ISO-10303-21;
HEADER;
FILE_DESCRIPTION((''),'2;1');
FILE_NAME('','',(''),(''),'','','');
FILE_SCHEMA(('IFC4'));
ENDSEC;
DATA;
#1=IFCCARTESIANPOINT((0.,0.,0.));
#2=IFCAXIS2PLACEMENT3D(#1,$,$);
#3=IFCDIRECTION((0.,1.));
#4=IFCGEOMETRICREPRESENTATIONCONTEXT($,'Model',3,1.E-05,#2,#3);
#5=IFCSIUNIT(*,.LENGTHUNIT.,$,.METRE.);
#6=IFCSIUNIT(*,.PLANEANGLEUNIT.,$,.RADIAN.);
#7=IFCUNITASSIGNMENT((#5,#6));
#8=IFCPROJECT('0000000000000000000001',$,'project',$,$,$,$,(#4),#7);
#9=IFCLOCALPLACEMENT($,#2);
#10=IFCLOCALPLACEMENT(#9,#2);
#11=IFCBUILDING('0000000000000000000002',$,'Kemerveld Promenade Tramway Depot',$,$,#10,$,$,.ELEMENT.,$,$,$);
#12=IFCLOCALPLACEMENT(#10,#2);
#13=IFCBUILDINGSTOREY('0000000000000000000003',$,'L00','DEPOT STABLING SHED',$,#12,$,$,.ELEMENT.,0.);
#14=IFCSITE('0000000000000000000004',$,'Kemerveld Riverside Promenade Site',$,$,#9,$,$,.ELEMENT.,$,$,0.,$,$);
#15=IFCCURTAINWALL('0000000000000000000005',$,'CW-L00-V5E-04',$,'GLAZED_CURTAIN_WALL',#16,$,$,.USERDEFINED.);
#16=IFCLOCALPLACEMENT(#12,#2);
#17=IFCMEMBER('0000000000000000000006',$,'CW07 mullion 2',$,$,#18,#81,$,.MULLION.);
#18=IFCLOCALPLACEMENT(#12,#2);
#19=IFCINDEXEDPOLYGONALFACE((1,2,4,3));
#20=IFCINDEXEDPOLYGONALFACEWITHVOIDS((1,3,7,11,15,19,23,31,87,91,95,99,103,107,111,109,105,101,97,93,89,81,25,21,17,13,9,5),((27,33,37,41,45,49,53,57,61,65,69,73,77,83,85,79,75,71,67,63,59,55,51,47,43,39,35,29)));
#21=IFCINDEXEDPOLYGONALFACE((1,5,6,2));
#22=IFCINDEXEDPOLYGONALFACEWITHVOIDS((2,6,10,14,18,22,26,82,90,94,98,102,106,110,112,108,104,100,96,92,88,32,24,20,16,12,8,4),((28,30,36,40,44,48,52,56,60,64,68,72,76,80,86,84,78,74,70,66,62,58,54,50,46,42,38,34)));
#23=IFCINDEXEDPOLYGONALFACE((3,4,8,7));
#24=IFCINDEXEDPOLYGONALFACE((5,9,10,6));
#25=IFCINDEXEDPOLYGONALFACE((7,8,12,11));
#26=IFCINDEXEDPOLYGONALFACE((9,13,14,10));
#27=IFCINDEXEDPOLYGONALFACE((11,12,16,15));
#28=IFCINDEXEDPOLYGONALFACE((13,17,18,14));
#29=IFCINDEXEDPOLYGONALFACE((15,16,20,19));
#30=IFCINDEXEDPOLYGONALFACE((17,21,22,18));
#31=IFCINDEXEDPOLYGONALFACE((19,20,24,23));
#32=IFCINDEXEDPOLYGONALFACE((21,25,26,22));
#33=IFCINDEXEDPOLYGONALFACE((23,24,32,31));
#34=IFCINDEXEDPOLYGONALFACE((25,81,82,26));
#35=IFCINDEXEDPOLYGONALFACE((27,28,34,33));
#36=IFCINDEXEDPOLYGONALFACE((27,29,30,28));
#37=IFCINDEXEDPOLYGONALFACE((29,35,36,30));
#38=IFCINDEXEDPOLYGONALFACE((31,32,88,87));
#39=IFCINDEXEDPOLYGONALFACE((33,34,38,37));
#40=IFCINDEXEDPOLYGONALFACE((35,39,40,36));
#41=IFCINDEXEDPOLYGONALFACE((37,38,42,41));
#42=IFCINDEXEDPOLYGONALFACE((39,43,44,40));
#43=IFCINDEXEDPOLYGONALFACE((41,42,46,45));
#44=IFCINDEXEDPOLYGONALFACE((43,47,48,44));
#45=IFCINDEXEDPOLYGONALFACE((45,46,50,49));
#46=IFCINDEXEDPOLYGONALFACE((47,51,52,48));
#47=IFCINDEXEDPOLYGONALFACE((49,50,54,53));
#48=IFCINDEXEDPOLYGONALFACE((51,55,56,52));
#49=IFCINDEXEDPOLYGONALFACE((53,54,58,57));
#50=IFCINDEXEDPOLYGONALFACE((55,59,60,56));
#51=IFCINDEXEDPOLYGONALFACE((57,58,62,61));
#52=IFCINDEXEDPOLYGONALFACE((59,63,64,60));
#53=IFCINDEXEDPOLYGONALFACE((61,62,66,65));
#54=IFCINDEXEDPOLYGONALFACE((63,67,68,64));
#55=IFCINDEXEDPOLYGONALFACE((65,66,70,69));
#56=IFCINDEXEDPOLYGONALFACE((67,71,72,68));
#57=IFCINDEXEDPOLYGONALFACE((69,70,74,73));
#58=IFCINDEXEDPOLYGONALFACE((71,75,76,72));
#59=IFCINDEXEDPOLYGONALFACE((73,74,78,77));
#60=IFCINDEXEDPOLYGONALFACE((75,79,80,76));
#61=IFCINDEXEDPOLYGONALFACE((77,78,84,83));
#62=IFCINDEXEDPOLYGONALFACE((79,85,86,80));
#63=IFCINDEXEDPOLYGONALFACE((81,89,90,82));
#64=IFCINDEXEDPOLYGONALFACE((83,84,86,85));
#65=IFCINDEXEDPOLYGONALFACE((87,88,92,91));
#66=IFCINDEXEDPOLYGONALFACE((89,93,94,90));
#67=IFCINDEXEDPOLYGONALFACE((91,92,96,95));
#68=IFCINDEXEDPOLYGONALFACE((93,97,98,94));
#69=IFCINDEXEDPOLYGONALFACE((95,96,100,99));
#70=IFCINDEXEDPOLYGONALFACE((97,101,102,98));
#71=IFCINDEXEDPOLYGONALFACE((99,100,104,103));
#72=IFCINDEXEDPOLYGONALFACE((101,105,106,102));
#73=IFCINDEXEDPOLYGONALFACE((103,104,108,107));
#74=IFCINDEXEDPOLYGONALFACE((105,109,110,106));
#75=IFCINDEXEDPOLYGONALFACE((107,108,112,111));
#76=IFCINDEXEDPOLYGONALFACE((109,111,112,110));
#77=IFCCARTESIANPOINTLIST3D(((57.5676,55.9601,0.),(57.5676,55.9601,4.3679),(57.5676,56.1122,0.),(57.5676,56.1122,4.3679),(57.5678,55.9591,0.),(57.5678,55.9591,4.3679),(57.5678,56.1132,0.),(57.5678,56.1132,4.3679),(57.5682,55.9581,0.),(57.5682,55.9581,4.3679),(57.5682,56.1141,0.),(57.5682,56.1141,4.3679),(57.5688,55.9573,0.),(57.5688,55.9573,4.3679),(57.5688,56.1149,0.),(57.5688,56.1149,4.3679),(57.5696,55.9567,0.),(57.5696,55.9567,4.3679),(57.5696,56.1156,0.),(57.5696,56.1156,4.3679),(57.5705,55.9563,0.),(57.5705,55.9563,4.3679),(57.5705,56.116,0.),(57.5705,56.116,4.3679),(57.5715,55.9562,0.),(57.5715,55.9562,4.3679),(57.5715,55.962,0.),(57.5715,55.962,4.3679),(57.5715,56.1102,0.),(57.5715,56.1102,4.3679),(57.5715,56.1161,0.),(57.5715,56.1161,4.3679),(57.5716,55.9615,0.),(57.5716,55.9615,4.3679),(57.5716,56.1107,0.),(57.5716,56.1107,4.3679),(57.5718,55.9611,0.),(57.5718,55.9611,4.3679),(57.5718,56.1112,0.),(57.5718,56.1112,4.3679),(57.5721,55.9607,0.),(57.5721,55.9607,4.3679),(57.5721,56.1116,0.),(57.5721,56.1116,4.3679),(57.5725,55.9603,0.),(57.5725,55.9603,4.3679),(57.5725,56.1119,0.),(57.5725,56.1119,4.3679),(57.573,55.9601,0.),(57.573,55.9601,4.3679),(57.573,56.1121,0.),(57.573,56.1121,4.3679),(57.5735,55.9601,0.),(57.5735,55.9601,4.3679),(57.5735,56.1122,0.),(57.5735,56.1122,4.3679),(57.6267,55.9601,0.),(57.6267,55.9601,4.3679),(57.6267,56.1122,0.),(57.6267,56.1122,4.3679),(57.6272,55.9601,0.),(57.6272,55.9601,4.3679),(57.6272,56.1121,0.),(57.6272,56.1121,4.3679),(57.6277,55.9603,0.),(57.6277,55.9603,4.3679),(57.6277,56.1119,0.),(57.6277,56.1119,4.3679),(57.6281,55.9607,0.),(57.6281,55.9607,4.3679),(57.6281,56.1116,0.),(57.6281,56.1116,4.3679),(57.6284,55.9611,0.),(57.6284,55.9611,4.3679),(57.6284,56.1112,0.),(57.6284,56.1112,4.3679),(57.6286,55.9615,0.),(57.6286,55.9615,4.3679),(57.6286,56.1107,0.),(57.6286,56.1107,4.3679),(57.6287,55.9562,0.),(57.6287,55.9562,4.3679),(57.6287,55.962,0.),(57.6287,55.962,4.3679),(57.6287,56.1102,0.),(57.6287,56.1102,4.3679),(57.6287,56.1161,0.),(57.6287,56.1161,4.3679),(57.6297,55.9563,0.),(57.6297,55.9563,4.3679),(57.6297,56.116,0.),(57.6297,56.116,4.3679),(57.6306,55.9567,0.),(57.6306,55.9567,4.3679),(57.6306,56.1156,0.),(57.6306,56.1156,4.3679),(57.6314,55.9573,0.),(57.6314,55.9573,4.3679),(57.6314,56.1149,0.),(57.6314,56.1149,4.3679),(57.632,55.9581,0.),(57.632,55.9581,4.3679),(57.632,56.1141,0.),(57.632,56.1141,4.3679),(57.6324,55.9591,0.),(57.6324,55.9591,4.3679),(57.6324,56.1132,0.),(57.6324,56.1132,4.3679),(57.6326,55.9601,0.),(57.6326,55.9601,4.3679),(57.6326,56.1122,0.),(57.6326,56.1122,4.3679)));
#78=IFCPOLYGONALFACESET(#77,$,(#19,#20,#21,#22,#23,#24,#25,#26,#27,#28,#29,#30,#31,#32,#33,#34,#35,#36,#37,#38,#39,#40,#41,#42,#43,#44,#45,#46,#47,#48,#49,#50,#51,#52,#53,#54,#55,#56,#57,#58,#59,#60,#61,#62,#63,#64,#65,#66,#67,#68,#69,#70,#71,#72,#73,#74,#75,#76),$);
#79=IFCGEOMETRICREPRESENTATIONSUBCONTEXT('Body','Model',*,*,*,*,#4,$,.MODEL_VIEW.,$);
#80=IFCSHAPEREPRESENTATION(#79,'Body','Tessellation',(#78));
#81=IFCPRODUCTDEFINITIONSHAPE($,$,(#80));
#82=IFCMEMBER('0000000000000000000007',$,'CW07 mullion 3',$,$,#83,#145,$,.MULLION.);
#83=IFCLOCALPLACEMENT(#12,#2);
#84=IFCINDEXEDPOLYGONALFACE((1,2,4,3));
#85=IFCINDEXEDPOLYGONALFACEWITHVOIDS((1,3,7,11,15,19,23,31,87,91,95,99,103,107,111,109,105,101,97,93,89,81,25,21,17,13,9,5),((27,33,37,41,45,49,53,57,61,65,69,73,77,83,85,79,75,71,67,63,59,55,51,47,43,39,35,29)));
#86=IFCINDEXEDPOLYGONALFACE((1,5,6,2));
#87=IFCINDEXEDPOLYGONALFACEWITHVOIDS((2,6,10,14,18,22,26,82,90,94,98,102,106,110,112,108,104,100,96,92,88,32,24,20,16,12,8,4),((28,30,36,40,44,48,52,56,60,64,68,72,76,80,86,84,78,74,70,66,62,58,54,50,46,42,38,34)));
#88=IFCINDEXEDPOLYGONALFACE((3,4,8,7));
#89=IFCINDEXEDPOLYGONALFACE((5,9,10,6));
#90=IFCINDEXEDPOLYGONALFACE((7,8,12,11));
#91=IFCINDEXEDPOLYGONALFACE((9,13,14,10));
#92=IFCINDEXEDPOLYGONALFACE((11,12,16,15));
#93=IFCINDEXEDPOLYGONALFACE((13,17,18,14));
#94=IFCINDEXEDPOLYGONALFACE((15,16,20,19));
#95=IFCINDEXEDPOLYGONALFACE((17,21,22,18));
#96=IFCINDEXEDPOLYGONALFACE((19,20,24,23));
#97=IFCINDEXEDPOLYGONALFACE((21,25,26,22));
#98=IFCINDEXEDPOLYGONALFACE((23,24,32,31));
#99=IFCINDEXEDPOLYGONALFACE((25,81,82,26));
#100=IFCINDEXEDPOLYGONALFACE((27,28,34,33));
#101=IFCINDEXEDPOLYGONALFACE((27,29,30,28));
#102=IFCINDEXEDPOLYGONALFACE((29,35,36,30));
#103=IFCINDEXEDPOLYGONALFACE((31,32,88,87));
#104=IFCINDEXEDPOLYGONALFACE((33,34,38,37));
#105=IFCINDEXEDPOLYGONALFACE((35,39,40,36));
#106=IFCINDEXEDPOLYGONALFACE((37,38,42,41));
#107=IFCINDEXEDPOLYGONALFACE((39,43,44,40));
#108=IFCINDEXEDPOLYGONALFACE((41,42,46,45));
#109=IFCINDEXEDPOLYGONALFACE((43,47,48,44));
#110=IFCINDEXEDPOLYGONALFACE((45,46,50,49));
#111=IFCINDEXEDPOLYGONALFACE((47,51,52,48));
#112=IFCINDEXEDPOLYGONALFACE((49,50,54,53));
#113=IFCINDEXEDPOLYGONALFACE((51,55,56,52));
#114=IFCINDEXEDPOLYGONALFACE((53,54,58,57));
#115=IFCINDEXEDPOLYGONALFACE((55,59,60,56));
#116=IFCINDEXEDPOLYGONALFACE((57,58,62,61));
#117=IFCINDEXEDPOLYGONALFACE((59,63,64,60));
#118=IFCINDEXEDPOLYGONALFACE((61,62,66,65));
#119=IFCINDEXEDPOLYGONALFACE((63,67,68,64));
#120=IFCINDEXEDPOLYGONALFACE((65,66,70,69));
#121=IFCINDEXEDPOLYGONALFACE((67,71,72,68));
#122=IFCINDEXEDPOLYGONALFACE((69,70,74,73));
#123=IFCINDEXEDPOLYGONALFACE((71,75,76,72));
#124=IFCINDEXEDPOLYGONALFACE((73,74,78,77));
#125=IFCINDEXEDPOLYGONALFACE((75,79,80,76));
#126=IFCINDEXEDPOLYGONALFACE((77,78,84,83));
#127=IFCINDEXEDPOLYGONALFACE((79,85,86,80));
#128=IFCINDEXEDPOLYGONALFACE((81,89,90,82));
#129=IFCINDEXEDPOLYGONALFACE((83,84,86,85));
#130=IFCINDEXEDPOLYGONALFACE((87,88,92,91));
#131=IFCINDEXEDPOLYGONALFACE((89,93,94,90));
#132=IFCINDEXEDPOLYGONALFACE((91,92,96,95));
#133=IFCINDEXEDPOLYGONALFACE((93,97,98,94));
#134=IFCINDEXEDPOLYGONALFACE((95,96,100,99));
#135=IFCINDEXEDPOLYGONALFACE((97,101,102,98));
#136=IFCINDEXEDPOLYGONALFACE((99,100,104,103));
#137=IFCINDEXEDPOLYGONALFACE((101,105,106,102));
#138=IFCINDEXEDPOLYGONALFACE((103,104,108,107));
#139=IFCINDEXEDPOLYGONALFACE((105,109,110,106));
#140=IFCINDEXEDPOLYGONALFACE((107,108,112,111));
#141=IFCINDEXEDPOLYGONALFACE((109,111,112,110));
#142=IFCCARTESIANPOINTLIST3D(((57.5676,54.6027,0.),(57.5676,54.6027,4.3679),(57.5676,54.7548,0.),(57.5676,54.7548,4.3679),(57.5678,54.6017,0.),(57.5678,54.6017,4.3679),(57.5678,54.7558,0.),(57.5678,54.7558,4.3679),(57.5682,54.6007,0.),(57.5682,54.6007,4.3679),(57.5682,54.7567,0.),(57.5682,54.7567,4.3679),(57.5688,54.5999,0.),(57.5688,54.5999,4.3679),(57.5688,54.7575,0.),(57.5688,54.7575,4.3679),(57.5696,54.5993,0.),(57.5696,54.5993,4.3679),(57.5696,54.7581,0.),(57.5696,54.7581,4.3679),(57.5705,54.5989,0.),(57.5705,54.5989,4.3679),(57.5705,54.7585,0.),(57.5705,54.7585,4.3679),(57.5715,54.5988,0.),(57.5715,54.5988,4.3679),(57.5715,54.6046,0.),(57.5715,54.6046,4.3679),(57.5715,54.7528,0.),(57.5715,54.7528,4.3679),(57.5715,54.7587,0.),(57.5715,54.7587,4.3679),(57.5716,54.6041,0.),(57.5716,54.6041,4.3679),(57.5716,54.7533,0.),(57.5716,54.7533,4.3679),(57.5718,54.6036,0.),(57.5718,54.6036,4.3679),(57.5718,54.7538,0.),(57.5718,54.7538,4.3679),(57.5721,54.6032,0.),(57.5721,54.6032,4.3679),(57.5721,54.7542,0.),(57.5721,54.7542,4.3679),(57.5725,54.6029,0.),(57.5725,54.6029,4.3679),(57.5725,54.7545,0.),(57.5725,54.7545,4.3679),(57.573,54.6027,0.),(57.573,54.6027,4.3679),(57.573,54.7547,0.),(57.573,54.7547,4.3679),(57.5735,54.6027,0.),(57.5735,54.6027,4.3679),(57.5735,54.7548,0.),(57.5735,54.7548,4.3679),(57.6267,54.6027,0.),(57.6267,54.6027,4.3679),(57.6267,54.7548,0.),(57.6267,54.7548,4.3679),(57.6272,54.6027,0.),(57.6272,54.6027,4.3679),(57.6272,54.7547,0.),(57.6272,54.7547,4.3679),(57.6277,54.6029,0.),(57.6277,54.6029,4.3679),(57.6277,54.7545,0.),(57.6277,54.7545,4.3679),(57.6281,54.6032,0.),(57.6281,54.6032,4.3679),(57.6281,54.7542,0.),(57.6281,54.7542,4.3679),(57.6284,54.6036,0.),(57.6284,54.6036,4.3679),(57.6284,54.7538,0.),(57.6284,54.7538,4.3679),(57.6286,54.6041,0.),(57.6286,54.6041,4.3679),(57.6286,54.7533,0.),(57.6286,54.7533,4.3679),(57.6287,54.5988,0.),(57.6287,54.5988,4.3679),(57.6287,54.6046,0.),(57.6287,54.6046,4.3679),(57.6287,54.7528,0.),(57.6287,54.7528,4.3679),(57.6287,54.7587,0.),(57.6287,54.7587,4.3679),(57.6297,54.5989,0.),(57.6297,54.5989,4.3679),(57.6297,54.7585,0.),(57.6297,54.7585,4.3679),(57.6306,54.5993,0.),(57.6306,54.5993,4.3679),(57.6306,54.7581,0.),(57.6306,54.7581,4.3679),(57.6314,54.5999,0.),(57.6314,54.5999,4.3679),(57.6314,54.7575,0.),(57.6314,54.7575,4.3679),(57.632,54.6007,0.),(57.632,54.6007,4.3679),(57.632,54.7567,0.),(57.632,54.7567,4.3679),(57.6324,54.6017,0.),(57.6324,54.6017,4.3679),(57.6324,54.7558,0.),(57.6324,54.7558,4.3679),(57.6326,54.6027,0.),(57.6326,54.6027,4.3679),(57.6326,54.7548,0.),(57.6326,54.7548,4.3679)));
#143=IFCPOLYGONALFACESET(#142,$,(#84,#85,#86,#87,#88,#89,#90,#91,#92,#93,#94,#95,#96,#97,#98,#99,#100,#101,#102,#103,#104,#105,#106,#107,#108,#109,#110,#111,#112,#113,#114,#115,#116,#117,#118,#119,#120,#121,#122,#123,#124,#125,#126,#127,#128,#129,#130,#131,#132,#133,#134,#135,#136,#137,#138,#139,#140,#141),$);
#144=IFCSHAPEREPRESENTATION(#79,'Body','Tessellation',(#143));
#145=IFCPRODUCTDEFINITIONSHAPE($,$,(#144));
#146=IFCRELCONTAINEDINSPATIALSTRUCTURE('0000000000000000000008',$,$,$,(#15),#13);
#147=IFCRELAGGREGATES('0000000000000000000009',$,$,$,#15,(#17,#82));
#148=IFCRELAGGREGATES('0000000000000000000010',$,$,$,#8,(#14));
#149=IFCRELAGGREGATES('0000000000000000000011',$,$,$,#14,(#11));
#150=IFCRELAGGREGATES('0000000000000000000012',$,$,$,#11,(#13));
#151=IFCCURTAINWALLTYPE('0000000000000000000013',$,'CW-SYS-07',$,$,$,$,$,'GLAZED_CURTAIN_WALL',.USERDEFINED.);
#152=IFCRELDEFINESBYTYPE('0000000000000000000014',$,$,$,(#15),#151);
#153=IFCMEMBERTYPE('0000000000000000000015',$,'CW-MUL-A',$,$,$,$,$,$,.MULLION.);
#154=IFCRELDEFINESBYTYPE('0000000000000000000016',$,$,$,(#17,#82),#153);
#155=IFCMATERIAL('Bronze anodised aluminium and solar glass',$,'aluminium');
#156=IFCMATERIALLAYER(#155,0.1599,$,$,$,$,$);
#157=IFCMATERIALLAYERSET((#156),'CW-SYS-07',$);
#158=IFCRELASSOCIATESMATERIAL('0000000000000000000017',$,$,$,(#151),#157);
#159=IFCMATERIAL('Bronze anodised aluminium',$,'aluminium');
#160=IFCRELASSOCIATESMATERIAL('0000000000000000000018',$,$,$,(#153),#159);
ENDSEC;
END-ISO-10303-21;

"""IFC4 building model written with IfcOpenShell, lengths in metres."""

from ifc_helpers import new_model, si_unit, direction, frame, origin, origin_2d, place, context, subcontext, project, spatial, hollow_rectangle, extrude, material, layer, layer_set, material_profile, profile_set, type_object, element, aggregate, save


model = new_model("IFC4")

# Units and contexts
model_context = context("Model", 3, precision=1e-05, world=origin(), true_north=direction((0.0, 1.0)))
body_context = subcontext(model_context, "Body", "Model", "MODEL_VIEW")
ifc_project = project(units=[si_unit("LENGTHUNIT", "METRE"), si_unit("PLANEANGLEUNIT", "RADIAN")], contexts=[model_context])

# Site, building, storey
site_placement = place(None, origin())
site = spatial("IfcSite", under=ifc_project, at=site_placement, Name="Kemerveld Riverside Promenade Site", CompositionType="ELEMENT", RefElevation=0.0)
building_placement = place(site_placement, origin())
building = spatial("IfcBuilding", under=site, at=building_placement, Name="Kemerveld Promenade Tramway Depot", CompositionType="ELEMENT")
storey_placement = place(building_placement, origin())
storey = spatial("IfcBuildingStorey", under=building, at=storey_placement, Name="L00", Description="DEPOT STABLING SHED", CompositionType="ELEMENT", Elevation=0.0)

# Curtain wall, members
ifc_material_1 = material(Name="Bronze anodised aluminium and solar glass", Category="aluminium")
ifc_layer_1 = layer(ifc_material_1, 0.1599)
ifc_layer_set_1 = layer_set([ifc_layer_1], Name="CW-SYS-07")
curtain_wall_type = type_object("IfcCurtainWallType", Name="CW-SYS-07", ElementType="GLAZED_CURTAIN_WALL", PredefinedType="USERDEFINED", material=ifc_layer_set_1)
curtain_wall_placement = place(storey_placement, origin())
curtain_wall = element("IfcCurtainWall", 1, at=curtain_wall_placement, inside=storey, type_object=curtain_wall_type, Name="CW-L00-V5E-04", ObjectType="GLAZED_CURTAIN_WALL", PredefinedType="USERDEFINED")
ifc_material_2 = material(Name="Bronze anodised aluminium", Category="aluminium")
ifc_material_profile_1 = material_profile(ifc_material_2, hollow_rectangle(XDim=0.0649, YDim=0.1599, WallThickness=0.0039, InnerFilletRadius=0.002, OuterFilletRadius=0.0039, at=origin_2d()), Name="CW-MUL-160x65")
ifc_profile_set_1 = profile_set([ifc_material_profile_1], Name="Bronze anodised aluminium")
member_type_1 = type_object("IfcMemberType", Name="CW-MUL-A", PredefinedType="MULLION", material=ifc_profile_set_1)
member_1_placement = place(storey_placement, frame((57.6001, 56.0361, 0.0), z_axis=(0.0, 0.0, 1.0), x_axis=(1.0, 0.0, 0.0)))
member_1 = element("IfcMember", 2, at=member_1_placement, type_object=member_type_1, Name="CW07 mullion 2", PredefinedType="MULLION", context=body_context, shape_type="SweptSolid", body=[
    extrude(hollow_rectangle(XDim=0.0649, YDim=0.1599, WallThickness=0.0039, InnerFilletRadius=0.002, OuterFilletRadius=0.0039, at=origin_2d()), origin(), (0.0, 0.0, 1.0), 4.3679),
])
member_2_placement = place(storey_placement, frame((57.6001, 54.6787, 0.0), z_axis=(0.0, 0.0, 1.0), x_axis=(1.0, 0.0, 0.0)))
member_2 = element("IfcMember", 3, at=member_2_placement, type_object=member_type_1, Name="CW07 mullion 3", PredefinedType="MULLION", context=body_context, shape_type="SweptSolid", body=[
    extrude(hollow_rectangle(XDim=0.0649, YDim=0.1599, WallThickness=0.0039, InnerFilletRadius=0.002, OuterFilletRadius=0.0039, at=origin_2d()), origin(), (0.0, 0.0, 1.0), 4.3679),
])
aggregate(curtain_wall, [member_1, member_2])

save(model, "model.ifc")
